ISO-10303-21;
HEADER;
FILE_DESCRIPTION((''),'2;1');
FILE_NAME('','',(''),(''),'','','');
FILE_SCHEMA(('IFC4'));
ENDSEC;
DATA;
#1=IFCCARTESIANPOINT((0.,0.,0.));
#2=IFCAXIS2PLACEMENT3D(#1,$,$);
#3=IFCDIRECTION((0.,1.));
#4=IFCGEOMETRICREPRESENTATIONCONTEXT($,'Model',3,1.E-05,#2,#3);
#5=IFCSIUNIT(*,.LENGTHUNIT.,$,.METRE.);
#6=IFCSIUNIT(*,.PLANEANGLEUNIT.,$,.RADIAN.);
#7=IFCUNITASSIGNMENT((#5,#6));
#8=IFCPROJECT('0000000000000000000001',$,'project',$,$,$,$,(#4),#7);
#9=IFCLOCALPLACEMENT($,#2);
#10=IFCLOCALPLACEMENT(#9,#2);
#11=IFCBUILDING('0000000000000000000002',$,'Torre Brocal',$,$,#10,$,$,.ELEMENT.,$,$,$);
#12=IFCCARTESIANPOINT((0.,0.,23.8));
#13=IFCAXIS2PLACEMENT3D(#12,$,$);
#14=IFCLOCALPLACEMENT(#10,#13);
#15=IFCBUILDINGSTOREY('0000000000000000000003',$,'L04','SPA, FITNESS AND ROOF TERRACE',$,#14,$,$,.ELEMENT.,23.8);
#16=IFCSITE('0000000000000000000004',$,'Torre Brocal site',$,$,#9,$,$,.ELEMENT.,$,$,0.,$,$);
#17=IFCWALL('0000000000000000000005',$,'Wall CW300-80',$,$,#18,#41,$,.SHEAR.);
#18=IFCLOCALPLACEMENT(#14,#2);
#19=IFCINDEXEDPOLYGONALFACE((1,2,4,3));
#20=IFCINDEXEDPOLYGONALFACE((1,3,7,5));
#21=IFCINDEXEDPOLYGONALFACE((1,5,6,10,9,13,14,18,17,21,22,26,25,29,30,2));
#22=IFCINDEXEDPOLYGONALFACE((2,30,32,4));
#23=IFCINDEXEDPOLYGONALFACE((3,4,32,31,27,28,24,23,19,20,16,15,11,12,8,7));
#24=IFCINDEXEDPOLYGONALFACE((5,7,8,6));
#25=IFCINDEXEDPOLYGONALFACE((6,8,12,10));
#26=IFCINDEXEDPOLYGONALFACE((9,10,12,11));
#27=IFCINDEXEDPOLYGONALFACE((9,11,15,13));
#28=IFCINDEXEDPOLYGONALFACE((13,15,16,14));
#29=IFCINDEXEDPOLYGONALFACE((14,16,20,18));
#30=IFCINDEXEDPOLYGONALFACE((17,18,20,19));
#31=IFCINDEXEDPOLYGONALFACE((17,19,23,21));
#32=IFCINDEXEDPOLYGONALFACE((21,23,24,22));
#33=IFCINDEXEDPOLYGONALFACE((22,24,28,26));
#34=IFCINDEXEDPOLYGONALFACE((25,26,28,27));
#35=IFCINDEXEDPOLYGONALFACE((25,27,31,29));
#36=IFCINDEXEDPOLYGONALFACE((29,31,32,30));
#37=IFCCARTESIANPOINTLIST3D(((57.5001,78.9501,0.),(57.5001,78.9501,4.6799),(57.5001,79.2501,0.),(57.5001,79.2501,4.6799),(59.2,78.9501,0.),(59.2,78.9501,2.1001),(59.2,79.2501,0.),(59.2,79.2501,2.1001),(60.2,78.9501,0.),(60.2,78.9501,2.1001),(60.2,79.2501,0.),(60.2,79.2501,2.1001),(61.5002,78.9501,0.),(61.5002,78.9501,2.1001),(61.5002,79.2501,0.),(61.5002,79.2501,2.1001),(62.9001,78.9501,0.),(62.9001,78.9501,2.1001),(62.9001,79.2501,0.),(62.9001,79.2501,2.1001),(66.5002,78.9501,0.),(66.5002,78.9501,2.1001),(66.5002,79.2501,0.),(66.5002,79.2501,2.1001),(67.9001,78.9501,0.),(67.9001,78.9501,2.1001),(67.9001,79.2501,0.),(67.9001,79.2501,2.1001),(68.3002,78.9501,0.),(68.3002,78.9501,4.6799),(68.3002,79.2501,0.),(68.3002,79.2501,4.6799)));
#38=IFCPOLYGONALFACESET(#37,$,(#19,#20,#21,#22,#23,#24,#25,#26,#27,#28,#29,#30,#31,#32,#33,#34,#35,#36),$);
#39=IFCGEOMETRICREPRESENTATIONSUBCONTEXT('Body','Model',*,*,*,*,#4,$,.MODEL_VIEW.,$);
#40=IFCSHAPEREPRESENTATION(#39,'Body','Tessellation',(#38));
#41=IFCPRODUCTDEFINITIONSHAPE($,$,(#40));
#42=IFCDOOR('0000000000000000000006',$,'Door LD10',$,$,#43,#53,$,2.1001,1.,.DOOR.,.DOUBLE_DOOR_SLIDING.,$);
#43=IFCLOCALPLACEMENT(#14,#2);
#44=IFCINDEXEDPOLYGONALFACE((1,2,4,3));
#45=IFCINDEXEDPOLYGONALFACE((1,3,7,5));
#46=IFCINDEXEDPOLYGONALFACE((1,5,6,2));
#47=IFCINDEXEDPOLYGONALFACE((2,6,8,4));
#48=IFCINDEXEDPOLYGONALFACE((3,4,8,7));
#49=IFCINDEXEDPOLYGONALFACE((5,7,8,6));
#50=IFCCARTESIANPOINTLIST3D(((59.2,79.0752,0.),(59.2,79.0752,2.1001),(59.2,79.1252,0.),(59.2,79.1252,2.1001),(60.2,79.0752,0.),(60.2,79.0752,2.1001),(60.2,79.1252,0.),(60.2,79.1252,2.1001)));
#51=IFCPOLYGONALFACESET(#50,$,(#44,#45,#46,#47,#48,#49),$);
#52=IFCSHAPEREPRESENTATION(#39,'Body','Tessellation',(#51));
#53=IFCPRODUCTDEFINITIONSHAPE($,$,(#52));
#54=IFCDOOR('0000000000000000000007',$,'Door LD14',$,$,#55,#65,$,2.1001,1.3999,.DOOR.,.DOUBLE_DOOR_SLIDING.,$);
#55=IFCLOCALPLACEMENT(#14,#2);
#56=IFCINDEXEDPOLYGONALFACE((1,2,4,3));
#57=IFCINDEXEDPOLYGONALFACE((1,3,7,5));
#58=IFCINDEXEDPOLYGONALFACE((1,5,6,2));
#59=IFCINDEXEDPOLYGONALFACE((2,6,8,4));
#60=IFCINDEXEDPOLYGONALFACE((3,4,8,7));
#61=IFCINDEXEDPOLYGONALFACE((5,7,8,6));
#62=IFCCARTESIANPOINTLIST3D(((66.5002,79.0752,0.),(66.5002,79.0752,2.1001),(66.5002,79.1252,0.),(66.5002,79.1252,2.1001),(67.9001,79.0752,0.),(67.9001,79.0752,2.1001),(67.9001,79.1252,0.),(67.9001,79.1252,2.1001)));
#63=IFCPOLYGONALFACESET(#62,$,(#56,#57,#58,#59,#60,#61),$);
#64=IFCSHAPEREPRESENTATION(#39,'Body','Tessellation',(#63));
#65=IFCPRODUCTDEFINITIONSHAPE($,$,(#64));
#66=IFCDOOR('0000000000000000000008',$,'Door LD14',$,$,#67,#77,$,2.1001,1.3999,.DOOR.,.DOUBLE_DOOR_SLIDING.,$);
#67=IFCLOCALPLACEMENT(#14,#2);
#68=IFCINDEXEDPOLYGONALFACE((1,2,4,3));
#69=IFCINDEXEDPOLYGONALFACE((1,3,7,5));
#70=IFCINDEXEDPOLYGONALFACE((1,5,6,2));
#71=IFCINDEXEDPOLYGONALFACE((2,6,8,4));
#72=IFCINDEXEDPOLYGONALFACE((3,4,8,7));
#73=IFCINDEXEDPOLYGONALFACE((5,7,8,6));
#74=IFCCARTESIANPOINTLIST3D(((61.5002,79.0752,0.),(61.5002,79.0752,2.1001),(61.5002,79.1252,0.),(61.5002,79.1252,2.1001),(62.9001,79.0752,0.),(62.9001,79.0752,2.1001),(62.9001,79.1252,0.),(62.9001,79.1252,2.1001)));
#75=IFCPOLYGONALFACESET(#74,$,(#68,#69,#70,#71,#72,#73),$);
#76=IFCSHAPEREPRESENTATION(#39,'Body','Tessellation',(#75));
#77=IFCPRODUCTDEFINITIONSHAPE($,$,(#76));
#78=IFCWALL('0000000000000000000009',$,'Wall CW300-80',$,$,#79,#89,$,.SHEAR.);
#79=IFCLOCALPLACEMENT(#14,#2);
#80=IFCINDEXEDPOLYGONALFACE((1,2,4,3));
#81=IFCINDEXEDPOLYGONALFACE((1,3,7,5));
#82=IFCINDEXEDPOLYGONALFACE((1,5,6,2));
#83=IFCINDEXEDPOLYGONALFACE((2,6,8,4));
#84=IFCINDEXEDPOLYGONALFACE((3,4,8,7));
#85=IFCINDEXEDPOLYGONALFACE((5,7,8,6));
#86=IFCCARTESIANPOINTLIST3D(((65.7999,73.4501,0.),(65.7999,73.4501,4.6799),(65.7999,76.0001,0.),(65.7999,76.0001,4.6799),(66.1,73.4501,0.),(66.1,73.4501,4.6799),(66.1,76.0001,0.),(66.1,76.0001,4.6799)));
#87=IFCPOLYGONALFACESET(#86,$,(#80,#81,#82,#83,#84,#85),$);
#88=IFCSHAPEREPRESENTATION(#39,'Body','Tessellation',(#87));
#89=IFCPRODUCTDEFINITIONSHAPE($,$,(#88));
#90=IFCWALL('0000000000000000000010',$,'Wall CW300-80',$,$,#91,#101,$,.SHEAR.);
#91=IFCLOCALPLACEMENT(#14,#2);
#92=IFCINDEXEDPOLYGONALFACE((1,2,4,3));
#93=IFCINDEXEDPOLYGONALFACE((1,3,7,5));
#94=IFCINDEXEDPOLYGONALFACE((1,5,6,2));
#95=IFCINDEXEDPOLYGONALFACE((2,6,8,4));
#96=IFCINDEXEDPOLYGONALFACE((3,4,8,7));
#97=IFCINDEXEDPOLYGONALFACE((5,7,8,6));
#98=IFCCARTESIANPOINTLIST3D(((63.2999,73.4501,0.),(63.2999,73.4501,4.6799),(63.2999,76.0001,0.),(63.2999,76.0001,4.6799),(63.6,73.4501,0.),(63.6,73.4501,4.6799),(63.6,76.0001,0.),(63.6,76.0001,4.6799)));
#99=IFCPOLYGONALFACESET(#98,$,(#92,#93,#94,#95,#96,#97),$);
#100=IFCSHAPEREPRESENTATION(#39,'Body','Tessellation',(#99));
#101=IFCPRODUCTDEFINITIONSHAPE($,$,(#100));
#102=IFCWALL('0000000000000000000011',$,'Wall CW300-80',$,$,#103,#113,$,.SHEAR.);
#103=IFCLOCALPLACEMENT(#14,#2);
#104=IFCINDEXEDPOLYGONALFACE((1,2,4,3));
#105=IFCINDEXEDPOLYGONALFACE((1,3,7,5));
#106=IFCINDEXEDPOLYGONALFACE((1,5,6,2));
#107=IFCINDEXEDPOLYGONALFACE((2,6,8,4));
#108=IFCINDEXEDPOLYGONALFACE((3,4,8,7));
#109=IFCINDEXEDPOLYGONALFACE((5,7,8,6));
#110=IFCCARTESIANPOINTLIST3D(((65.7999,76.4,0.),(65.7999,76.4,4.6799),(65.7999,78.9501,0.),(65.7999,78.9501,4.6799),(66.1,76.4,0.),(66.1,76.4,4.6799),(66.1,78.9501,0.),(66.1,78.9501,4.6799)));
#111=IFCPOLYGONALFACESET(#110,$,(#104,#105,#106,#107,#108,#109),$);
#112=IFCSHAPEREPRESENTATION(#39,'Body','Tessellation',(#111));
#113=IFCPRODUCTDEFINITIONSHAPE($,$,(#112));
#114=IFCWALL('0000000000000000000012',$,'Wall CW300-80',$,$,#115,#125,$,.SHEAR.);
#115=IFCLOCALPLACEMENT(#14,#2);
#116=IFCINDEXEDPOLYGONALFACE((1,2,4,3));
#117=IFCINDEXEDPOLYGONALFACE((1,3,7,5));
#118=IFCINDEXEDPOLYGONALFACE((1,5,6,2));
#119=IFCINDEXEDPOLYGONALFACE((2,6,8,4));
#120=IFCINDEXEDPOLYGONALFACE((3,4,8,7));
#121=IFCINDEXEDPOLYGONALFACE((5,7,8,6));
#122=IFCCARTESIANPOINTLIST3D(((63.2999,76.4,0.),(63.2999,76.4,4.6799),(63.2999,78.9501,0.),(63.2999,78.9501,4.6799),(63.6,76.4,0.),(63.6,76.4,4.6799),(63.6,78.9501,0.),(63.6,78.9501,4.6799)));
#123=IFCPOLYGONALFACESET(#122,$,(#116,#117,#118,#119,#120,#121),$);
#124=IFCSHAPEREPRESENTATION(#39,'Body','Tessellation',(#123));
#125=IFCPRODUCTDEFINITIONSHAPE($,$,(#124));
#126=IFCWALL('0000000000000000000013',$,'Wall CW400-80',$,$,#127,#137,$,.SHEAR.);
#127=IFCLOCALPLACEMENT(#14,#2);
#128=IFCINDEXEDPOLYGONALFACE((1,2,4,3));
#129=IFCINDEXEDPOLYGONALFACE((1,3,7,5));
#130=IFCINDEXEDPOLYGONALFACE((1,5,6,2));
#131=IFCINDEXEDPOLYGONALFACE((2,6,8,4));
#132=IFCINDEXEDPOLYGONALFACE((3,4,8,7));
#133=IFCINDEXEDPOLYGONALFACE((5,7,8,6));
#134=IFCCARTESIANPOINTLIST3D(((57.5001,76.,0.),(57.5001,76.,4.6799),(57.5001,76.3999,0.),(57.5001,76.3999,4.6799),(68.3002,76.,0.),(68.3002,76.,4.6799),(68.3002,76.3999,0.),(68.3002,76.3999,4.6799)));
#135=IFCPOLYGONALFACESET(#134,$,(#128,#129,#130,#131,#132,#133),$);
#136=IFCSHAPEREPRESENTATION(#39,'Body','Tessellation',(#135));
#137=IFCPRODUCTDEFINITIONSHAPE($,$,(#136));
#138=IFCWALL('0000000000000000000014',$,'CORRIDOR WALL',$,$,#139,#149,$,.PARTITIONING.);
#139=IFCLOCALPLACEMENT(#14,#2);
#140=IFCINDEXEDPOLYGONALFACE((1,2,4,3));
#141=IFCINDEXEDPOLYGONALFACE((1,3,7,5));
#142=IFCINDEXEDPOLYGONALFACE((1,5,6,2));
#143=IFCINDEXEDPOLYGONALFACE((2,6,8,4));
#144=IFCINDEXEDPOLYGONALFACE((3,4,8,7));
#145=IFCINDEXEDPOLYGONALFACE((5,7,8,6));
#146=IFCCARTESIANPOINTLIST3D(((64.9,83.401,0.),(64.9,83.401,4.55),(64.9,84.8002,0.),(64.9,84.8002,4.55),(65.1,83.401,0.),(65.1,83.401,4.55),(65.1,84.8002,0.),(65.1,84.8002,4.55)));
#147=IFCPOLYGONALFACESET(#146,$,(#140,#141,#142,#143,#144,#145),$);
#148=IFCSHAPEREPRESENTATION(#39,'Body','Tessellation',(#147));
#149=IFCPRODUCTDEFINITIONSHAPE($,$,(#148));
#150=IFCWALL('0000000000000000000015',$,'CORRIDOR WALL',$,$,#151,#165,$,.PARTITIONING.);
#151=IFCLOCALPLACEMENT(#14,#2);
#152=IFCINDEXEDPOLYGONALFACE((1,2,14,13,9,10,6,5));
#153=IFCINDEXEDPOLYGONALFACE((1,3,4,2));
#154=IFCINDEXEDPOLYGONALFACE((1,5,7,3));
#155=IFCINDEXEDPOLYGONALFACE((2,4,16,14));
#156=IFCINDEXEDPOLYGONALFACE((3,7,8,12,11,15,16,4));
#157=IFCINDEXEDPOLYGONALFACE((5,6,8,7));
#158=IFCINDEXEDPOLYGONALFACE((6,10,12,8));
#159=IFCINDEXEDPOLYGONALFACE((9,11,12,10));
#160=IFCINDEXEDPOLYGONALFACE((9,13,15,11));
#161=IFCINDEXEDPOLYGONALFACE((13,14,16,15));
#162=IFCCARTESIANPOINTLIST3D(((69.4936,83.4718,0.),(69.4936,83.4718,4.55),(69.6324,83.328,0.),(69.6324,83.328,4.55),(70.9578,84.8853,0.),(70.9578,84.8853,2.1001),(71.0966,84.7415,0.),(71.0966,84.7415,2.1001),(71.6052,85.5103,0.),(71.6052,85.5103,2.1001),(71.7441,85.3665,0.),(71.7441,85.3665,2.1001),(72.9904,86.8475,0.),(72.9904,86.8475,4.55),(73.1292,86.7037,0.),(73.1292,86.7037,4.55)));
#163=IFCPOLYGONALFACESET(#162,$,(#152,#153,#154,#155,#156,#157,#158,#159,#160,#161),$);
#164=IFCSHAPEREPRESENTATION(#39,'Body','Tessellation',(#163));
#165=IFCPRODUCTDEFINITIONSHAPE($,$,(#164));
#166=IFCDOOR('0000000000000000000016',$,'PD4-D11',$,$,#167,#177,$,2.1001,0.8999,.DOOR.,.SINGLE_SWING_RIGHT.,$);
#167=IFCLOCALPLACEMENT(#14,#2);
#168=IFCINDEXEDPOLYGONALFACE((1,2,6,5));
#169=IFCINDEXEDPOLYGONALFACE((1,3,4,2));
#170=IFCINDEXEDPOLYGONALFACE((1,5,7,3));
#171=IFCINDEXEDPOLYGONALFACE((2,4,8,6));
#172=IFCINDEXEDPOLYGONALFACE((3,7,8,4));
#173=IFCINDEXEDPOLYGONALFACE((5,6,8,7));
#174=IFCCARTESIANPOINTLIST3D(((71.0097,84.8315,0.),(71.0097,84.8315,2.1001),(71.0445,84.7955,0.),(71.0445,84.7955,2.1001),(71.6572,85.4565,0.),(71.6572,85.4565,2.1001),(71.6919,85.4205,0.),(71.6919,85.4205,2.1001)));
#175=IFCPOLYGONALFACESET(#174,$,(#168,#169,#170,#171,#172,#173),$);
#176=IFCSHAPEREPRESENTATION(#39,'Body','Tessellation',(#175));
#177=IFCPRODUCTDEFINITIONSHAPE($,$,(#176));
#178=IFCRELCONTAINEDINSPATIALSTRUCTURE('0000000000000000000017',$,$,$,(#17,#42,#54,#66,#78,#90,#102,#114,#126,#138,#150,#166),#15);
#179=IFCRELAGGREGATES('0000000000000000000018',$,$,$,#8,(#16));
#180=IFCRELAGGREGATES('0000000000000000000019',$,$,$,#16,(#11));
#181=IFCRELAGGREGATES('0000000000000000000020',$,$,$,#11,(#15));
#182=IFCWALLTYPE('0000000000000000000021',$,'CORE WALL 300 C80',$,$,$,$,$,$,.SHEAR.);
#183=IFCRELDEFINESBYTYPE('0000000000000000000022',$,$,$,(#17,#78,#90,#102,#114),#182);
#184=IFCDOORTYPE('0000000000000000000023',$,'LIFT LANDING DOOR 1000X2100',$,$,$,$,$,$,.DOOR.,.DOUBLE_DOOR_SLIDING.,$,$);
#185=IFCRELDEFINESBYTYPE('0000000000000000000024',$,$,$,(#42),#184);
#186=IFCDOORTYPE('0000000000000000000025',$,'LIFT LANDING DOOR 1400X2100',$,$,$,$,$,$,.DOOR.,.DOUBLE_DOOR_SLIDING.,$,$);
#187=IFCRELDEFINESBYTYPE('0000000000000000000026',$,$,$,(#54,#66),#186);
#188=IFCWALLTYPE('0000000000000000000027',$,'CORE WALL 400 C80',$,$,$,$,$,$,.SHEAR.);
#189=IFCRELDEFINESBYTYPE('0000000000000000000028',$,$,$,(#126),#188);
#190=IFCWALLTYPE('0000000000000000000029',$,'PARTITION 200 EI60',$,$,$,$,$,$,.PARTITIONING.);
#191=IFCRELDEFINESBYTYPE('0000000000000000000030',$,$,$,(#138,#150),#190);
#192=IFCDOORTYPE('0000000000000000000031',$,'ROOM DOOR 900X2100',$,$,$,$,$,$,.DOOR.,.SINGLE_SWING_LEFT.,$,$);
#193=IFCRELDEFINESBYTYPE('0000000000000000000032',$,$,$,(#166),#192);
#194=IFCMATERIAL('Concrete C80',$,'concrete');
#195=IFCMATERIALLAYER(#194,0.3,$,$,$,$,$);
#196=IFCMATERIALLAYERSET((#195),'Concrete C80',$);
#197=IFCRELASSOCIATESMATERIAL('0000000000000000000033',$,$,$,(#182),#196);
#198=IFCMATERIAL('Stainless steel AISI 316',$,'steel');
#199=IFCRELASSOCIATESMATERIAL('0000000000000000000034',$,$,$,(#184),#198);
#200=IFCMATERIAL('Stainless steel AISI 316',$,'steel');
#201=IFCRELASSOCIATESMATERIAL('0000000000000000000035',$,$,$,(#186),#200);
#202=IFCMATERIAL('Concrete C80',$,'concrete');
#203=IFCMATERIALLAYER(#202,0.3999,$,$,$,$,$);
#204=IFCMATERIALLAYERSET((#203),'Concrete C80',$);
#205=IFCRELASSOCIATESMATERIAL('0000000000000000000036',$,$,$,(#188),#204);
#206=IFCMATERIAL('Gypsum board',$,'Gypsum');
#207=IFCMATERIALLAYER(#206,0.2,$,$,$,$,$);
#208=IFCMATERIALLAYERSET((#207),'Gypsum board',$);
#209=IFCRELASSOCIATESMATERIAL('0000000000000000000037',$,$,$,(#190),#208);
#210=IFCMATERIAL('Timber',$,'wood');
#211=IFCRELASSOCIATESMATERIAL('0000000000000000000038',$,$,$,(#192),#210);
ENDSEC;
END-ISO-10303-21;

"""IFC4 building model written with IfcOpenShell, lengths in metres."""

from ifc_helpers import new_model, si_unit, direction, frame, frame_2d, origin, place, context, subcontext, project, spatial, rectangle, extrude, material, layer, layer_set, type_object, element, fill, save


model = new_model("IFC4")

# Units and contexts
model_context = context("Model", 3, precision=1e-05, world=origin(), true_north=direction((0.0, 1.0)))
body_context = subcontext(model_context, "Body", "Model", "MODEL_VIEW")
ifc_project = project(units=[si_unit("LENGTHUNIT", "METRE"), si_unit("PLANEANGLEUNIT", "RADIAN")], contexts=[model_context])

# Site, building, storey
site_placement = place(None, origin())
site = spatial("IfcSite", under=ifc_project, at=site_placement, Name="Torre Brocal site", CompositionType="ELEMENT", RefElevation=0.0)
building_placement = place(site_placement, origin())
building = spatial("IfcBuilding", under=site, at=building_placement, Name="Torre Brocal", CompositionType="ELEMENT")
storey_placement = place(building_placement, frame((0.0, 0.0, 23.8)))
storey = spatial("IfcBuildingStorey", under=building, at=storey_placement, Name="L04", Description="SPA, FITNESS AND ROOF TERRACE", CompositionType="ELEMENT", Elevation=23.8)

# Shared definitions
ifc_material_1 = material(Name="Concrete C80", Category="concrete")
ifc_layer_1 = layer(ifc_material_1, 0.3)
ifc_layer_set_1 = layer_set([ifc_layer_1], Name="Concrete C80")
wall_type_1 = type_object("IfcWallType", Name="CORE WALL 300 C80", PredefinedType="SHEAR", material=ifc_layer_set_1)

# Wall, openings, doors
ifc_material_2 = material(Name="Stainless steel AISI 316", Category="steel")
door_type_1 = type_object("IfcDoorType", Name="LIFT LANDING DOOR 1000X2100", OperationType="DOUBLE_DOOR_SLIDING", PredefinedType="DOOR", material=ifc_material_2)
wall_1_placement = place(storey_placement, frame((68.3, 79.1001, 0.0), z_axis=(0.0, 0.0, 1.0), x_axis=(-1.0, 0.0, 0.0)))
wall_1 = element("IfcWall", 1, at=wall_1_placement, inside=storey, type_object=wall_type_1, Name="Wall CW300-80", PredefinedType="SHEAR", context=body_context, shape_type="SweptSolid", body=[
    extrude(rectangle(XDim=10.8, YDim=0.3, at=frame_2d((5.3999, 0.0))), origin(), (0.0, 0.0, 1.0), 4.6799),
])
opening_1_placement = place(wall_1_placement, frame((0.3999, 0.0, 0.0)))
opening_1 = element("IfcOpeningElement", 2, at=opening_1_placement, cuts=wall_1, PredefinedType="OPENING", context=body_context, shape_type="SweptSolid", body=[
    extrude(rectangle(XDim=1.3999, YDim=2.1001, at=frame_2d((0.7, 1.05))), frame((0.0, 0.1599, 0.0), z_axis=(0.0, -1.0, 0.0), x_axis=(1.0, 0.0, 0.0)), (0.0, 0.0, 1.0), 0.3201),
])
opening_2_placement = place(wall_1_placement, frame((5.3999, 0.0, 0.0)))
opening_2 = element("IfcOpeningElement", 3, at=opening_2_placement, cuts=wall_1, PredefinedType="OPENING", context=body_context, shape_type="SweptSolid", body=[
    extrude(rectangle(XDim=1.3999, YDim=2.1001, at=frame_2d((0.7, 1.05))), frame((0.0, 0.1599, 0.0), z_axis=(0.0, -1.0, 0.0), x_axis=(1.0, 0.0, 0.0)), (0.0, 0.0, 1.0), 0.3201),
])
opening_3_placement = place(wall_1_placement, frame((8.1001, 0.0, 0.0)))
opening_3 = element("IfcOpeningElement", 4, at=opening_3_placement, cuts=wall_1, PredefinedType="OPENING", context=body_context, shape_type="SweptSolid", body=[
    extrude(rectangle(XDim=1.0, YDim=2.1001, at=frame_2d((0.5, 1.05))), frame((0.0, 0.1599, 0.0), z_axis=(0.0, -1.0, 0.0), x_axis=(1.0, 0.0, 0.0)), (0.0, 0.0, 1.0), 0.3201),
])
door_1_placement = place(opening_3_placement, origin())
door_1 = element("IfcDoor", 5, at=door_1_placement, inside=storey, type_object=door_type_1, Name="Door LD10", OperationType="DOUBLE_DOOR_SLIDING", OverallHeight=2.1001, OverallWidth=1.0, PredefinedType="DOOR", context=body_context, shape_type="SweptSolid", body=[
    extrude(rectangle(XDim=1.0, YDim=2.1001, at=frame_2d((0.5, 1.05))), frame((0.0, 0.0249, 0.0), z_axis=(0.0, -1.0, 0.0), x_axis=(1.0, 0.0, 0.0)), (0.0, 0.0, 1.0), 0.05),
])
fill(opening_3, door_1)
ifc_material_3 = material(Name="Stainless steel AISI 316", Category="steel")
door_type_2 = type_object("IfcDoorType", Name="LIFT LANDING DOOR 1400X2100", OperationType="DOUBLE_DOOR_SLIDING", PredefinedType="DOOR", material=ifc_material_3)
door_2_placement = place(opening_1_placement, origin())
door_2 = element("IfcDoor", 6, at=door_2_placement, inside=storey, type_object=door_type_2, Name="Door LD14", OperationType="DOUBLE_DOOR_SLIDING", OverallHeight=2.1001, OverallWidth=1.3999, PredefinedType="DOOR", context=body_context, shape_type="SweptSolid", body=[
    extrude(rectangle(XDim=1.3999, YDim=2.1001, at=frame_2d((0.7, 1.05))), frame((0.0, 0.0249, 0.0), z_axis=(0.0, -1.0, 0.0), x_axis=(1.0, 0.0, 0.0)), (0.0, 0.0, 1.0), 0.05),
])
fill(opening_1, door_2)
door_3_placement = place(opening_2_placement, origin())
door_3 = element("IfcDoor", 7, at=door_3_placement, inside=storey, type_object=door_type_2, Name="Door LD14", OperationType="DOUBLE_DOOR_SLIDING", OverallHeight=2.1001, OverallWidth=1.3999, PredefinedType="DOOR", context=body_context, shape_type="SweptSolid", body=[
    extrude(rectangle(XDim=1.3999, YDim=2.1001, at=frame_2d((0.7, 1.05))), frame((0.0, 0.0249, 0.0), z_axis=(0.0, -1.0, 0.0), x_axis=(1.0, 0.0, 0.0)), (0.0, 0.0, 1.0), 0.05),
])
fill(opening_2, door_3)

# Walls
for number, where, z_axis, x_axis, name in (
    (8, (65.95, 76.0, 0.0), (0.0, 0.0, 1.0), (0.0, -1.0, 0.0), "Wall CW300-80"),
    (9, (63.45, 76.0, 0.0), (0.0, 0.0, 1.0), (0.0, -1.0, 0.0), "Wall CW300-80"),
    (10, (65.95, 78.95, 0.0), (0.0, 0.0, 1.0), (0.0, -1.0, 0.0), "Wall CW300-80"),
    (11, (63.45, 78.95, 0.0), (0.0, 0.0, 1.0), (0.0, -1.0, 0.0), "Wall CW300-80"),
):
    element("IfcWall", number, at=place(storey_placement, frame(where, z_axis=z_axis, x_axis=x_axis)), inside=storey, type_object=wall_type_1, Name=name, PredefinedType="SHEAR", context=body_context, shape_type="SweptSolid", body=[
        extrude(rectangle(XDim=2.55, YDim=0.3, at=frame_2d((1.2749, 0.0))), origin(), (0.0, 0.0, 1.0), 4.6799),
    ])
ifc_material_4 = material(Name="Concrete C80", Category="concrete")
ifc_layer_2 = layer(ifc_material_4, 0.3999)
ifc_layer_set_2 = layer_set([ifc_layer_2], Name="Concrete C80")
wall_type_2 = type_object("IfcWallType", Name="CORE WALL 400 C80", PredefinedType="SHEAR", material=ifc_layer_set_2)
wall_2_placement = place(storey_placement, frame((68.3, 76.2, 0.0), z_axis=(0.0, 0.0, 1.0), x_axis=(-1.0, 0.0, 0.0)))
element("IfcWall", 12, at=wall_2_placement, inside=storey, type_object=wall_type_2, Name="Wall CW400-80", PredefinedType="SHEAR", context=body_context, shape_type="SweptSolid", body=[
    extrude(rectangle(XDim=10.8, YDim=0.3999, at=frame_2d((5.3999, 0.0))), origin(), (0.0, 0.0, 1.0), 4.6799),
])
ifc_material_5 = material(Name="Gypsum board", Category="Gypsum")
ifc_layer_3 = layer(ifc_material_5, 0.2)
ifc_layer_set_3 = layer_set([ifc_layer_3], Name="Gypsum board")
wall_type_3 = type_object("IfcWallType", Name="PARTITION 200 EI60", PredefinedType="PARTITIONING", material=ifc_layer_set_3)
wall_3_placement = place(storey_placement, frame((65.0, 83.4009, 0.0), z_axis=(0.0, 0.0, 1.0), x_axis=(0.0, 1.0, 0.0)))
element("IfcWall", 13, at=wall_3_placement, inside=storey, type_object=wall_type_3, Name="CORRIDOR WALL", PredefinedType="PARTITIONING", context=body_context, shape_type="SweptSolid", body=[
    extrude(rectangle(XDim=1.3992, YDim=0.2, at=frame_2d((0.6997, 0.0))), origin(), (0.0, 0.0, 1.0), 4.55),
])

# Wall, opening, door
wall_4_placement = place(storey_placement, frame((69.563, 83.3999, 0.0), z_axis=(0.0, 0.0, 1.0), x_axis=(0.719454, 0.69454, 0.0)))
wall_4 = element("IfcWall", 14, at=wall_4_placement, inside=storey, type_object=wall_type_3, Name="CORRIDOR WALL", PredefinedType="PARTITIONING", context=body_context, shape_type="SweptSolid", body=[
    extrude(rectangle(XDim=4.8604, YDim=0.2, at=frame_2d((2.4302, 0.0))), origin(), (0.0, 0.0, 1.0), 4.55),
])
opening_4_placement = place(wall_4_placement, frame((2.0352, 0.0, 0.0)))
opening_4 = element("IfcOpeningElement", 15, at=opening_4_placement, cuts=wall_4, PredefinedType="OPENING", context=body_context, shape_type="SweptSolid", body=[
    extrude(rectangle(XDim=0.8999, YDim=2.1001, at=frame_2d((0.45, 1.05))), frame((0.0, 0.1099, 0.0), z_axis=(0.0, -1.0, 0.0), x_axis=(1.0, 0.0, 0.0)), (0.0, 0.0, 1.0), 0.22),
])
ifc_material_6 = material(Name="Timber", Category="wood")
door_type_3 = type_object("IfcDoorType", Name="ROOM DOOR 900X2100", OperationType="SINGLE_SWING_LEFT", PredefinedType="DOOR", material=ifc_material_6)
door_4_placement = place(opening_4_placement, frame((0.8999, 0.0, 0.0), z_axis=(0.0, 0.0, 1.0), x_axis=(-1.0, 0.0, 0.0)))
door_4 = element("IfcDoor", 16, at=door_4_placement, inside=storey, type_object=door_type_3, Name="PD4-D11", OperationType="SINGLE_SWING_RIGHT", OverallHeight=2.1001, OverallWidth=0.8999, PredefinedType="DOOR", context=body_context, shape_type="SweptSolid", body=[
    extrude(rectangle(XDim=0.8999, YDim=2.1001, at=frame_2d((0.45, 1.05))), frame((0.0, 0.0249, 0.0), z_axis=(0.0, -1.0, 0.0), x_axis=(1.0, 0.0, 0.0)), (0.0, 0.0, 1.0), 0.05),
])
fill(opening_4, door_4)

save(model, "model.ifc")
